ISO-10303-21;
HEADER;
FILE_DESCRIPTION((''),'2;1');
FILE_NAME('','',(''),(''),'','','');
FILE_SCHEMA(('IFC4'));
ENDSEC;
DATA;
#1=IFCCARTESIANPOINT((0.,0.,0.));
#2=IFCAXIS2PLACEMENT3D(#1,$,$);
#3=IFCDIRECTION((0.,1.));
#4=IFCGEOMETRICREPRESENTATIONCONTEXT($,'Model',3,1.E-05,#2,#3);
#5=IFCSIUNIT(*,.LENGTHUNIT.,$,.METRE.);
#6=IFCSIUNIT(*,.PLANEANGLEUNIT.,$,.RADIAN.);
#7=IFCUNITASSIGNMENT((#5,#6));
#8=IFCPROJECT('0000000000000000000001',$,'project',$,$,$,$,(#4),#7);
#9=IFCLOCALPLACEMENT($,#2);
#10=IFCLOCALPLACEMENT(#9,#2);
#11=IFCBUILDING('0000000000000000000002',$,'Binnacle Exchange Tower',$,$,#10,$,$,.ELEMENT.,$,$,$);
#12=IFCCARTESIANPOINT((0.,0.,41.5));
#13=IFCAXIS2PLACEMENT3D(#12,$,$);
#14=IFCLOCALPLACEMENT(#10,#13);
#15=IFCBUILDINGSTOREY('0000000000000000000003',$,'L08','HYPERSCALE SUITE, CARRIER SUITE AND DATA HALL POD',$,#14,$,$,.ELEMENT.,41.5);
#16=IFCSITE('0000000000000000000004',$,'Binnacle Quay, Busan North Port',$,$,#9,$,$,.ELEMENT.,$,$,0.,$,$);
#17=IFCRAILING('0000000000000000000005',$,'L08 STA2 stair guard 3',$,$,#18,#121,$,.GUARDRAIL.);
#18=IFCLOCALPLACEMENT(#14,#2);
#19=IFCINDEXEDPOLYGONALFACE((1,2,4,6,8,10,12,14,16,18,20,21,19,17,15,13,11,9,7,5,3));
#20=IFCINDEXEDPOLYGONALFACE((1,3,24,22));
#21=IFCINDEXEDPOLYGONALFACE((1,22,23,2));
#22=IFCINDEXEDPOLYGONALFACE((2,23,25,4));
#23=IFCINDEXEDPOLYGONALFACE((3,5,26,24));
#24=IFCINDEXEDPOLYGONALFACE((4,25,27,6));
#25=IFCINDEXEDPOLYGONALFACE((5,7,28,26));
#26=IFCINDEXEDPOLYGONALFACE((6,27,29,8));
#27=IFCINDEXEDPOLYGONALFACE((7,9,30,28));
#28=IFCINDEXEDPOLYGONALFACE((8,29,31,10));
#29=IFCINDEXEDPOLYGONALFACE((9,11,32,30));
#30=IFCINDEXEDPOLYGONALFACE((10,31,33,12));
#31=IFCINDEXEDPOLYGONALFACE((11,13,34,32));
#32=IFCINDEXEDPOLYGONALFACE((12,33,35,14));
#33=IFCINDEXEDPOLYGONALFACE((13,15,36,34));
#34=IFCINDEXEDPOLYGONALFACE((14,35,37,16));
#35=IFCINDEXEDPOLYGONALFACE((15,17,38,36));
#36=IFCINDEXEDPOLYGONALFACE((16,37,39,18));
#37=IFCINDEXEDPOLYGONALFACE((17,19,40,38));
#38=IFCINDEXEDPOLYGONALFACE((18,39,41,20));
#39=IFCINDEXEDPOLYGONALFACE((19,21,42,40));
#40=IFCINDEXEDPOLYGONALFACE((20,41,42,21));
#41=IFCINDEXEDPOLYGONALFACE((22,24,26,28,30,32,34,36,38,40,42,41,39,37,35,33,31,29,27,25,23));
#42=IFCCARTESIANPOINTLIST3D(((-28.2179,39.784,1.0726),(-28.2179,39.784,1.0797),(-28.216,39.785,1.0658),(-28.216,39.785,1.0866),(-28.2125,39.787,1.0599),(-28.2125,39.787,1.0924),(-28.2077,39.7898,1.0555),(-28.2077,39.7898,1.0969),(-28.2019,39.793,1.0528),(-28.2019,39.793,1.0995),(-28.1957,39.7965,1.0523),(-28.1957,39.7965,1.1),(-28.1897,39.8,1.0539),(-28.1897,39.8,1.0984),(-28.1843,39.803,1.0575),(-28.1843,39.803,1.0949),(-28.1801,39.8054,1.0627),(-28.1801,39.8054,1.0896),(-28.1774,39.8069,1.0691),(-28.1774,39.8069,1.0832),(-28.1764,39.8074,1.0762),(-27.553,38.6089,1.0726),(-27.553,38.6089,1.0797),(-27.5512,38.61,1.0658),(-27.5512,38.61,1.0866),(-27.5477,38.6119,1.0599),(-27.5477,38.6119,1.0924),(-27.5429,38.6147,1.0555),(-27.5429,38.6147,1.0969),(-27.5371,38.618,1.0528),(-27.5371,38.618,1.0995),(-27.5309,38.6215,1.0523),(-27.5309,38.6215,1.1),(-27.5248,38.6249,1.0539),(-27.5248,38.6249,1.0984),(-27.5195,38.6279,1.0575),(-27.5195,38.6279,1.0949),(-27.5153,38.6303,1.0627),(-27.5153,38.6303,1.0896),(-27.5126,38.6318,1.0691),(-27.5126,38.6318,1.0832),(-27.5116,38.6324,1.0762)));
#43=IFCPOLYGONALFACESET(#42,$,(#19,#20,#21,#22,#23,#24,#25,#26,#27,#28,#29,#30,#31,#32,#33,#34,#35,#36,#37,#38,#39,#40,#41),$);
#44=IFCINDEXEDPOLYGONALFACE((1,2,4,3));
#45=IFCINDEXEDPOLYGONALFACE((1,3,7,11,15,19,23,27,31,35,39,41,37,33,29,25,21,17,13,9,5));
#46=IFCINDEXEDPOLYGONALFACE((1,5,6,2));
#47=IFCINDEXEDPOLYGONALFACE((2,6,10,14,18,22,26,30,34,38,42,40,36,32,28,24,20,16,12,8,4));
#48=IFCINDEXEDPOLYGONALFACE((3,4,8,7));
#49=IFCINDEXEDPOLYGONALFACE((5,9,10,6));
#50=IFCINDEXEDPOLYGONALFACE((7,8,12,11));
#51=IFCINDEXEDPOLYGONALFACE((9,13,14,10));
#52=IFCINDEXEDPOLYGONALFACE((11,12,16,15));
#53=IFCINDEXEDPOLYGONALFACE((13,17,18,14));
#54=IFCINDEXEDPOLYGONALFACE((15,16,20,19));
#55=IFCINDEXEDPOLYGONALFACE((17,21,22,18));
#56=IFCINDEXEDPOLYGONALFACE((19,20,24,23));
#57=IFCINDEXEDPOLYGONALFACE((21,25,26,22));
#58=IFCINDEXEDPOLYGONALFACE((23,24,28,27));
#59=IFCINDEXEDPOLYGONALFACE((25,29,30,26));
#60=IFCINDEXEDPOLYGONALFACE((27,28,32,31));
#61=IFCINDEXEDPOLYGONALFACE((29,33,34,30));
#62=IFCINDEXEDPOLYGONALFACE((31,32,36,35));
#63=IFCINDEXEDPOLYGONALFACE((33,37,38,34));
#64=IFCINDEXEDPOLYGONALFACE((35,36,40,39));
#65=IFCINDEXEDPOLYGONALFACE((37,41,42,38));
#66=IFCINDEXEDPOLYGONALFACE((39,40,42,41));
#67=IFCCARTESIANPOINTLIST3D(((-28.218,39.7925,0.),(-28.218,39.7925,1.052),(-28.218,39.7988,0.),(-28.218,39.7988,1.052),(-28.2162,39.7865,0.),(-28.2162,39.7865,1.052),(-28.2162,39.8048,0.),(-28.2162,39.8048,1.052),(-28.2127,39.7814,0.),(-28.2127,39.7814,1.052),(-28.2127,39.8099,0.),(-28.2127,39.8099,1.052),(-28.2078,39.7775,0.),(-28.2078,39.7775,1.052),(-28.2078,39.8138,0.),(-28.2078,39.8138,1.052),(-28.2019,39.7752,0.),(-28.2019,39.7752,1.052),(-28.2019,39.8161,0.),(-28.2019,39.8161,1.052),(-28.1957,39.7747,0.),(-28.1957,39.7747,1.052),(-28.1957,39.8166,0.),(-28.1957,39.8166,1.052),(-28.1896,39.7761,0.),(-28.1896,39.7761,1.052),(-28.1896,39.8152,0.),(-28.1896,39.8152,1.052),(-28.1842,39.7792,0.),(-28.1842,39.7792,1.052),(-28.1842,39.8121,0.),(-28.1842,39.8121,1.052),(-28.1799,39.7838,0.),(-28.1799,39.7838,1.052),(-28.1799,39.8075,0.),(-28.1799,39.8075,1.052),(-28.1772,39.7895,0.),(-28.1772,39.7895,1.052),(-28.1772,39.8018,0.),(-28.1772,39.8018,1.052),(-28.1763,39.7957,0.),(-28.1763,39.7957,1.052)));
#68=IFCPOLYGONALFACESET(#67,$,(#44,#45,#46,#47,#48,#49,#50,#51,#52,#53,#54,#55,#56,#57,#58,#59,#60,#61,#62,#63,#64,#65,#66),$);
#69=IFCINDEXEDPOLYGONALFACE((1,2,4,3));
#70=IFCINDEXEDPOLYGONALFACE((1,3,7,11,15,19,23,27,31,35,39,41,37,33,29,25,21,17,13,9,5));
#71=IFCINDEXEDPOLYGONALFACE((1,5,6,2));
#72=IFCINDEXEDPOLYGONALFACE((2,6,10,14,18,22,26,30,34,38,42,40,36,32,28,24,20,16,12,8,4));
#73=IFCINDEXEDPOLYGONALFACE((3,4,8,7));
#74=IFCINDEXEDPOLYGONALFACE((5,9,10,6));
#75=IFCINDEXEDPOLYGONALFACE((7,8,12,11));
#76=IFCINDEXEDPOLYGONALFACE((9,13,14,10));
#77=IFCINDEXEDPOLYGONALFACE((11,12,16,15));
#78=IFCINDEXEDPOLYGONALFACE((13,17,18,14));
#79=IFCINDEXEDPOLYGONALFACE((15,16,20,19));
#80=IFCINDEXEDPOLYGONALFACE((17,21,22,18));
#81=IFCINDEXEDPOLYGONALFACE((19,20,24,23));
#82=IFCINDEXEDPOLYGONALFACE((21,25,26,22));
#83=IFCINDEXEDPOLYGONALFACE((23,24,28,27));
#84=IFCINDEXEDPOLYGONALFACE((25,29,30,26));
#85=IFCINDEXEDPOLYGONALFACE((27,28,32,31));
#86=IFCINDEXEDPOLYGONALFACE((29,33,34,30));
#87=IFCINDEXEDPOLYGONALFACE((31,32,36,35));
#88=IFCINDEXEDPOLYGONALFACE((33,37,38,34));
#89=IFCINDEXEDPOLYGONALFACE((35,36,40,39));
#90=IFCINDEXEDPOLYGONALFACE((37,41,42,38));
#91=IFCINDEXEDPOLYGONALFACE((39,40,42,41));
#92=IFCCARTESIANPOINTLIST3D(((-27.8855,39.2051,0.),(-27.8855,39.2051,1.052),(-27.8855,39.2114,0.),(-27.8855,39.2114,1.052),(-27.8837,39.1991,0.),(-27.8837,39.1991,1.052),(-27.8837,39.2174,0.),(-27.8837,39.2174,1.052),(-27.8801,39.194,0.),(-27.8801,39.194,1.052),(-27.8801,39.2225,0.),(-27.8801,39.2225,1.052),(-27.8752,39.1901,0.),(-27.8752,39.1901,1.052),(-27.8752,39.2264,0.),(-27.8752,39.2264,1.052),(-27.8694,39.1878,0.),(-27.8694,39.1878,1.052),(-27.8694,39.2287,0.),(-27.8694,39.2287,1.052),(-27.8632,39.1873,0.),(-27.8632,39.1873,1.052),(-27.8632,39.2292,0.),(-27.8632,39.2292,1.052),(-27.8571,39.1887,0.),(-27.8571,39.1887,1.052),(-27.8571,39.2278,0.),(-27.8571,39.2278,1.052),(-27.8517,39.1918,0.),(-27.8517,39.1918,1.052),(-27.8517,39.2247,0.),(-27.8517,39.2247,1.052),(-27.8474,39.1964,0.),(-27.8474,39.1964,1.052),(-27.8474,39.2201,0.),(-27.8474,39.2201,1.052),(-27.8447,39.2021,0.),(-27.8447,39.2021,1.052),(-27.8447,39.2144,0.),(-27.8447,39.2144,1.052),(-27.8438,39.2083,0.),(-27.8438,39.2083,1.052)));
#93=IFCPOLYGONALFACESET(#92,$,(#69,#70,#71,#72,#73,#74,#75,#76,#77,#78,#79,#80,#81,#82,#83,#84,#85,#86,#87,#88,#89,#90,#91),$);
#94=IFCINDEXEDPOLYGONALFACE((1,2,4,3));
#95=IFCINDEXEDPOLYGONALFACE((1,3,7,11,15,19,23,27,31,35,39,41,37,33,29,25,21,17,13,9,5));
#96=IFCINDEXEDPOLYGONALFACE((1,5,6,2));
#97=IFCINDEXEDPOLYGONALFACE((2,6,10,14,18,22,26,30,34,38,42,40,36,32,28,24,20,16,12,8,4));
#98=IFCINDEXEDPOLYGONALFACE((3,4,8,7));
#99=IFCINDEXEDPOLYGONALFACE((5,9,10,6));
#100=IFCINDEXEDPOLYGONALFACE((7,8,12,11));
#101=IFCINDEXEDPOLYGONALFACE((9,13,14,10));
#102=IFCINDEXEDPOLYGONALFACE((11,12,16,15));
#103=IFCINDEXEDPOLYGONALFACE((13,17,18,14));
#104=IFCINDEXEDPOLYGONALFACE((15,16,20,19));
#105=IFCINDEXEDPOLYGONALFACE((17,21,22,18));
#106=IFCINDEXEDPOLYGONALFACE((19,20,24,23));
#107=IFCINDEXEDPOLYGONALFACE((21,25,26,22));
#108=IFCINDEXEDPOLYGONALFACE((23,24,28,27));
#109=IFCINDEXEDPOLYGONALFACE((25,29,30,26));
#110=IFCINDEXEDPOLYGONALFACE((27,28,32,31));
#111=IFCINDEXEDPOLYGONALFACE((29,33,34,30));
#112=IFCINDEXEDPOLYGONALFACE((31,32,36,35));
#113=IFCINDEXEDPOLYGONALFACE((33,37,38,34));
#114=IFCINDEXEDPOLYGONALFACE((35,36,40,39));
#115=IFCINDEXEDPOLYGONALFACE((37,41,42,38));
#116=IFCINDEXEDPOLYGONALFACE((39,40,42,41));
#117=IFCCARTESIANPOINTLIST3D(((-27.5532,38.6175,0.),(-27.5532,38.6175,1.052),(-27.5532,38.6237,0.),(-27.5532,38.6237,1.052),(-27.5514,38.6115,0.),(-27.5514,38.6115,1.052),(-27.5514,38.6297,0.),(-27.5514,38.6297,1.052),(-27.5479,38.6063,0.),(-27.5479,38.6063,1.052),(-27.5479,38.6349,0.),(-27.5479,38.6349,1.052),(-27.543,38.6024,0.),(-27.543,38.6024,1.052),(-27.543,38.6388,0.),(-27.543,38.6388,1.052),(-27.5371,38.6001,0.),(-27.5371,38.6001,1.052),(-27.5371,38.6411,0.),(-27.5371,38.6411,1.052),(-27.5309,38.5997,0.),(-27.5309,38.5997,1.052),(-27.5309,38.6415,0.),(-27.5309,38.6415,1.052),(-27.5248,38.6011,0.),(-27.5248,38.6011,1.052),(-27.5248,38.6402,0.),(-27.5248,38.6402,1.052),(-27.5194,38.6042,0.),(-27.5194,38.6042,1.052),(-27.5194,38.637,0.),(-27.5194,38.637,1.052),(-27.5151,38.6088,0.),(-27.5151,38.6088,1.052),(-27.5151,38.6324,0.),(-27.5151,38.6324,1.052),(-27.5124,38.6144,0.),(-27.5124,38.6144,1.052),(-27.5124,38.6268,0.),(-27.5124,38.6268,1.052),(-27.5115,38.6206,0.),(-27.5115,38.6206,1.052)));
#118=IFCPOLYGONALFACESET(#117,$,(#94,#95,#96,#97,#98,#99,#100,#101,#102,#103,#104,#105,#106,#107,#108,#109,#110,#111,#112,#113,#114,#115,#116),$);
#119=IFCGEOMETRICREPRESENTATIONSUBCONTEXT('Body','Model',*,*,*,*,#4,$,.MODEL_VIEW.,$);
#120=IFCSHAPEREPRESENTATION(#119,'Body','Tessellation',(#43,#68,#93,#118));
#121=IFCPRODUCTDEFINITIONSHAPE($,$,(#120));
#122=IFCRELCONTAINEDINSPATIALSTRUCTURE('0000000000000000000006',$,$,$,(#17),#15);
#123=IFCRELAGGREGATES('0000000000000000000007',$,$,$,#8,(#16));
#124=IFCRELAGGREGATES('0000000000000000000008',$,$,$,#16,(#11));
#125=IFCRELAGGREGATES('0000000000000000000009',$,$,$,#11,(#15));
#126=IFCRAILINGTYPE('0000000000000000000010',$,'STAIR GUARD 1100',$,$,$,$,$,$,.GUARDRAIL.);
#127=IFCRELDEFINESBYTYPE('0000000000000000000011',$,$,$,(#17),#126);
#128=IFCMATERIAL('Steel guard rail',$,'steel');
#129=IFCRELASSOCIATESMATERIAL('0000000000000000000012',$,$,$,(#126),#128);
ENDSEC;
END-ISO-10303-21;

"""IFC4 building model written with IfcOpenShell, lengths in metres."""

from ifc_helpers import new_model, si_unit, direction, frame, origin, origin_2d, place, context, subcontext, project, spatial, circle, extrude, material, type_object, element, save


model = new_model("IFC4")

# Units and contexts
model_context = context("Model", 3, precision=1e-05, world=origin(), true_north=direction((0.0, 1.0)))
body_context = subcontext(model_context, "Body", "Model", "MODEL_VIEW")
ifc_project = project(units=[si_unit("LENGTHUNIT", "METRE"), si_unit("PLANEANGLEUNIT", "RADIAN")], contexts=[model_context])

# Site, building, storey
site_placement = place(None, origin())
site = spatial("IfcSite", under=ifc_project, at=site_placement, Name="Binnacle Quay, Busan North Port", CompositionType="ELEMENT", RefElevation=0.0)
building_placement = place(site_placement, origin())
building = spatial("IfcBuilding", under=site, at=building_placement, Name="Binnacle Exchange Tower", CompositionType="ELEMENT")
storey_placement = place(building_placement, frame((0.0, 0.0, 41.5)))
storey = spatial("IfcBuildingStorey", under=building, at=storey_placement, Name="L08", Description="HYPERSCALE SUITE, CARRIER SUITE AND DATA HALL POD", CompositionType="ELEMENT", Elevation=41.5)

# Railing
ifc_material_1 = material(Name="Steel guard rail", Category="steel")
railing_type_1 = type_object("IfcRailingType", Name="STAIR GUARD 1100", PredefinedType="GUARDRAIL", material=ifc_material_1)
railing_1_placement = place(storey_placement, frame((-28.1973, 39.7957, 0.0)))
element("IfcRailing", 1, at=railing_1_placement, inside=storey, type_object=railing_type_1, Name="L08 STA2 stair guard 3", PredefinedType="GUARDRAIL", context=body_context, shape_type="SweptSolid", body=[
    extrude(circle(Radius=0.0239, at=origin_2d()), frame((0.0, 0.0, 1.0762), z_axis=(0.492415, -0.870361, 0.0), x_axis=(0.870361, 0.492415, 0.0)), (0.0, 0.0, 1.0), 1.3501),
    extrude(circle(Radius=0.021, at=origin_2d()), origin(), (0.0, 0.0, 1.0), 1.052),
    extrude(circle(Radius=0.021, at=origin_2d()), frame((0.3325, -0.5874, 0.0)), (0.0, 0.0, 1.0), 1.052),
    extrude(circle(Radius=0.021, at=origin_2d()), frame((0.6648, -1.175, 0.0)), (0.0, 0.0, 1.0), 1.052),
])

save(model, "model.ifc")
